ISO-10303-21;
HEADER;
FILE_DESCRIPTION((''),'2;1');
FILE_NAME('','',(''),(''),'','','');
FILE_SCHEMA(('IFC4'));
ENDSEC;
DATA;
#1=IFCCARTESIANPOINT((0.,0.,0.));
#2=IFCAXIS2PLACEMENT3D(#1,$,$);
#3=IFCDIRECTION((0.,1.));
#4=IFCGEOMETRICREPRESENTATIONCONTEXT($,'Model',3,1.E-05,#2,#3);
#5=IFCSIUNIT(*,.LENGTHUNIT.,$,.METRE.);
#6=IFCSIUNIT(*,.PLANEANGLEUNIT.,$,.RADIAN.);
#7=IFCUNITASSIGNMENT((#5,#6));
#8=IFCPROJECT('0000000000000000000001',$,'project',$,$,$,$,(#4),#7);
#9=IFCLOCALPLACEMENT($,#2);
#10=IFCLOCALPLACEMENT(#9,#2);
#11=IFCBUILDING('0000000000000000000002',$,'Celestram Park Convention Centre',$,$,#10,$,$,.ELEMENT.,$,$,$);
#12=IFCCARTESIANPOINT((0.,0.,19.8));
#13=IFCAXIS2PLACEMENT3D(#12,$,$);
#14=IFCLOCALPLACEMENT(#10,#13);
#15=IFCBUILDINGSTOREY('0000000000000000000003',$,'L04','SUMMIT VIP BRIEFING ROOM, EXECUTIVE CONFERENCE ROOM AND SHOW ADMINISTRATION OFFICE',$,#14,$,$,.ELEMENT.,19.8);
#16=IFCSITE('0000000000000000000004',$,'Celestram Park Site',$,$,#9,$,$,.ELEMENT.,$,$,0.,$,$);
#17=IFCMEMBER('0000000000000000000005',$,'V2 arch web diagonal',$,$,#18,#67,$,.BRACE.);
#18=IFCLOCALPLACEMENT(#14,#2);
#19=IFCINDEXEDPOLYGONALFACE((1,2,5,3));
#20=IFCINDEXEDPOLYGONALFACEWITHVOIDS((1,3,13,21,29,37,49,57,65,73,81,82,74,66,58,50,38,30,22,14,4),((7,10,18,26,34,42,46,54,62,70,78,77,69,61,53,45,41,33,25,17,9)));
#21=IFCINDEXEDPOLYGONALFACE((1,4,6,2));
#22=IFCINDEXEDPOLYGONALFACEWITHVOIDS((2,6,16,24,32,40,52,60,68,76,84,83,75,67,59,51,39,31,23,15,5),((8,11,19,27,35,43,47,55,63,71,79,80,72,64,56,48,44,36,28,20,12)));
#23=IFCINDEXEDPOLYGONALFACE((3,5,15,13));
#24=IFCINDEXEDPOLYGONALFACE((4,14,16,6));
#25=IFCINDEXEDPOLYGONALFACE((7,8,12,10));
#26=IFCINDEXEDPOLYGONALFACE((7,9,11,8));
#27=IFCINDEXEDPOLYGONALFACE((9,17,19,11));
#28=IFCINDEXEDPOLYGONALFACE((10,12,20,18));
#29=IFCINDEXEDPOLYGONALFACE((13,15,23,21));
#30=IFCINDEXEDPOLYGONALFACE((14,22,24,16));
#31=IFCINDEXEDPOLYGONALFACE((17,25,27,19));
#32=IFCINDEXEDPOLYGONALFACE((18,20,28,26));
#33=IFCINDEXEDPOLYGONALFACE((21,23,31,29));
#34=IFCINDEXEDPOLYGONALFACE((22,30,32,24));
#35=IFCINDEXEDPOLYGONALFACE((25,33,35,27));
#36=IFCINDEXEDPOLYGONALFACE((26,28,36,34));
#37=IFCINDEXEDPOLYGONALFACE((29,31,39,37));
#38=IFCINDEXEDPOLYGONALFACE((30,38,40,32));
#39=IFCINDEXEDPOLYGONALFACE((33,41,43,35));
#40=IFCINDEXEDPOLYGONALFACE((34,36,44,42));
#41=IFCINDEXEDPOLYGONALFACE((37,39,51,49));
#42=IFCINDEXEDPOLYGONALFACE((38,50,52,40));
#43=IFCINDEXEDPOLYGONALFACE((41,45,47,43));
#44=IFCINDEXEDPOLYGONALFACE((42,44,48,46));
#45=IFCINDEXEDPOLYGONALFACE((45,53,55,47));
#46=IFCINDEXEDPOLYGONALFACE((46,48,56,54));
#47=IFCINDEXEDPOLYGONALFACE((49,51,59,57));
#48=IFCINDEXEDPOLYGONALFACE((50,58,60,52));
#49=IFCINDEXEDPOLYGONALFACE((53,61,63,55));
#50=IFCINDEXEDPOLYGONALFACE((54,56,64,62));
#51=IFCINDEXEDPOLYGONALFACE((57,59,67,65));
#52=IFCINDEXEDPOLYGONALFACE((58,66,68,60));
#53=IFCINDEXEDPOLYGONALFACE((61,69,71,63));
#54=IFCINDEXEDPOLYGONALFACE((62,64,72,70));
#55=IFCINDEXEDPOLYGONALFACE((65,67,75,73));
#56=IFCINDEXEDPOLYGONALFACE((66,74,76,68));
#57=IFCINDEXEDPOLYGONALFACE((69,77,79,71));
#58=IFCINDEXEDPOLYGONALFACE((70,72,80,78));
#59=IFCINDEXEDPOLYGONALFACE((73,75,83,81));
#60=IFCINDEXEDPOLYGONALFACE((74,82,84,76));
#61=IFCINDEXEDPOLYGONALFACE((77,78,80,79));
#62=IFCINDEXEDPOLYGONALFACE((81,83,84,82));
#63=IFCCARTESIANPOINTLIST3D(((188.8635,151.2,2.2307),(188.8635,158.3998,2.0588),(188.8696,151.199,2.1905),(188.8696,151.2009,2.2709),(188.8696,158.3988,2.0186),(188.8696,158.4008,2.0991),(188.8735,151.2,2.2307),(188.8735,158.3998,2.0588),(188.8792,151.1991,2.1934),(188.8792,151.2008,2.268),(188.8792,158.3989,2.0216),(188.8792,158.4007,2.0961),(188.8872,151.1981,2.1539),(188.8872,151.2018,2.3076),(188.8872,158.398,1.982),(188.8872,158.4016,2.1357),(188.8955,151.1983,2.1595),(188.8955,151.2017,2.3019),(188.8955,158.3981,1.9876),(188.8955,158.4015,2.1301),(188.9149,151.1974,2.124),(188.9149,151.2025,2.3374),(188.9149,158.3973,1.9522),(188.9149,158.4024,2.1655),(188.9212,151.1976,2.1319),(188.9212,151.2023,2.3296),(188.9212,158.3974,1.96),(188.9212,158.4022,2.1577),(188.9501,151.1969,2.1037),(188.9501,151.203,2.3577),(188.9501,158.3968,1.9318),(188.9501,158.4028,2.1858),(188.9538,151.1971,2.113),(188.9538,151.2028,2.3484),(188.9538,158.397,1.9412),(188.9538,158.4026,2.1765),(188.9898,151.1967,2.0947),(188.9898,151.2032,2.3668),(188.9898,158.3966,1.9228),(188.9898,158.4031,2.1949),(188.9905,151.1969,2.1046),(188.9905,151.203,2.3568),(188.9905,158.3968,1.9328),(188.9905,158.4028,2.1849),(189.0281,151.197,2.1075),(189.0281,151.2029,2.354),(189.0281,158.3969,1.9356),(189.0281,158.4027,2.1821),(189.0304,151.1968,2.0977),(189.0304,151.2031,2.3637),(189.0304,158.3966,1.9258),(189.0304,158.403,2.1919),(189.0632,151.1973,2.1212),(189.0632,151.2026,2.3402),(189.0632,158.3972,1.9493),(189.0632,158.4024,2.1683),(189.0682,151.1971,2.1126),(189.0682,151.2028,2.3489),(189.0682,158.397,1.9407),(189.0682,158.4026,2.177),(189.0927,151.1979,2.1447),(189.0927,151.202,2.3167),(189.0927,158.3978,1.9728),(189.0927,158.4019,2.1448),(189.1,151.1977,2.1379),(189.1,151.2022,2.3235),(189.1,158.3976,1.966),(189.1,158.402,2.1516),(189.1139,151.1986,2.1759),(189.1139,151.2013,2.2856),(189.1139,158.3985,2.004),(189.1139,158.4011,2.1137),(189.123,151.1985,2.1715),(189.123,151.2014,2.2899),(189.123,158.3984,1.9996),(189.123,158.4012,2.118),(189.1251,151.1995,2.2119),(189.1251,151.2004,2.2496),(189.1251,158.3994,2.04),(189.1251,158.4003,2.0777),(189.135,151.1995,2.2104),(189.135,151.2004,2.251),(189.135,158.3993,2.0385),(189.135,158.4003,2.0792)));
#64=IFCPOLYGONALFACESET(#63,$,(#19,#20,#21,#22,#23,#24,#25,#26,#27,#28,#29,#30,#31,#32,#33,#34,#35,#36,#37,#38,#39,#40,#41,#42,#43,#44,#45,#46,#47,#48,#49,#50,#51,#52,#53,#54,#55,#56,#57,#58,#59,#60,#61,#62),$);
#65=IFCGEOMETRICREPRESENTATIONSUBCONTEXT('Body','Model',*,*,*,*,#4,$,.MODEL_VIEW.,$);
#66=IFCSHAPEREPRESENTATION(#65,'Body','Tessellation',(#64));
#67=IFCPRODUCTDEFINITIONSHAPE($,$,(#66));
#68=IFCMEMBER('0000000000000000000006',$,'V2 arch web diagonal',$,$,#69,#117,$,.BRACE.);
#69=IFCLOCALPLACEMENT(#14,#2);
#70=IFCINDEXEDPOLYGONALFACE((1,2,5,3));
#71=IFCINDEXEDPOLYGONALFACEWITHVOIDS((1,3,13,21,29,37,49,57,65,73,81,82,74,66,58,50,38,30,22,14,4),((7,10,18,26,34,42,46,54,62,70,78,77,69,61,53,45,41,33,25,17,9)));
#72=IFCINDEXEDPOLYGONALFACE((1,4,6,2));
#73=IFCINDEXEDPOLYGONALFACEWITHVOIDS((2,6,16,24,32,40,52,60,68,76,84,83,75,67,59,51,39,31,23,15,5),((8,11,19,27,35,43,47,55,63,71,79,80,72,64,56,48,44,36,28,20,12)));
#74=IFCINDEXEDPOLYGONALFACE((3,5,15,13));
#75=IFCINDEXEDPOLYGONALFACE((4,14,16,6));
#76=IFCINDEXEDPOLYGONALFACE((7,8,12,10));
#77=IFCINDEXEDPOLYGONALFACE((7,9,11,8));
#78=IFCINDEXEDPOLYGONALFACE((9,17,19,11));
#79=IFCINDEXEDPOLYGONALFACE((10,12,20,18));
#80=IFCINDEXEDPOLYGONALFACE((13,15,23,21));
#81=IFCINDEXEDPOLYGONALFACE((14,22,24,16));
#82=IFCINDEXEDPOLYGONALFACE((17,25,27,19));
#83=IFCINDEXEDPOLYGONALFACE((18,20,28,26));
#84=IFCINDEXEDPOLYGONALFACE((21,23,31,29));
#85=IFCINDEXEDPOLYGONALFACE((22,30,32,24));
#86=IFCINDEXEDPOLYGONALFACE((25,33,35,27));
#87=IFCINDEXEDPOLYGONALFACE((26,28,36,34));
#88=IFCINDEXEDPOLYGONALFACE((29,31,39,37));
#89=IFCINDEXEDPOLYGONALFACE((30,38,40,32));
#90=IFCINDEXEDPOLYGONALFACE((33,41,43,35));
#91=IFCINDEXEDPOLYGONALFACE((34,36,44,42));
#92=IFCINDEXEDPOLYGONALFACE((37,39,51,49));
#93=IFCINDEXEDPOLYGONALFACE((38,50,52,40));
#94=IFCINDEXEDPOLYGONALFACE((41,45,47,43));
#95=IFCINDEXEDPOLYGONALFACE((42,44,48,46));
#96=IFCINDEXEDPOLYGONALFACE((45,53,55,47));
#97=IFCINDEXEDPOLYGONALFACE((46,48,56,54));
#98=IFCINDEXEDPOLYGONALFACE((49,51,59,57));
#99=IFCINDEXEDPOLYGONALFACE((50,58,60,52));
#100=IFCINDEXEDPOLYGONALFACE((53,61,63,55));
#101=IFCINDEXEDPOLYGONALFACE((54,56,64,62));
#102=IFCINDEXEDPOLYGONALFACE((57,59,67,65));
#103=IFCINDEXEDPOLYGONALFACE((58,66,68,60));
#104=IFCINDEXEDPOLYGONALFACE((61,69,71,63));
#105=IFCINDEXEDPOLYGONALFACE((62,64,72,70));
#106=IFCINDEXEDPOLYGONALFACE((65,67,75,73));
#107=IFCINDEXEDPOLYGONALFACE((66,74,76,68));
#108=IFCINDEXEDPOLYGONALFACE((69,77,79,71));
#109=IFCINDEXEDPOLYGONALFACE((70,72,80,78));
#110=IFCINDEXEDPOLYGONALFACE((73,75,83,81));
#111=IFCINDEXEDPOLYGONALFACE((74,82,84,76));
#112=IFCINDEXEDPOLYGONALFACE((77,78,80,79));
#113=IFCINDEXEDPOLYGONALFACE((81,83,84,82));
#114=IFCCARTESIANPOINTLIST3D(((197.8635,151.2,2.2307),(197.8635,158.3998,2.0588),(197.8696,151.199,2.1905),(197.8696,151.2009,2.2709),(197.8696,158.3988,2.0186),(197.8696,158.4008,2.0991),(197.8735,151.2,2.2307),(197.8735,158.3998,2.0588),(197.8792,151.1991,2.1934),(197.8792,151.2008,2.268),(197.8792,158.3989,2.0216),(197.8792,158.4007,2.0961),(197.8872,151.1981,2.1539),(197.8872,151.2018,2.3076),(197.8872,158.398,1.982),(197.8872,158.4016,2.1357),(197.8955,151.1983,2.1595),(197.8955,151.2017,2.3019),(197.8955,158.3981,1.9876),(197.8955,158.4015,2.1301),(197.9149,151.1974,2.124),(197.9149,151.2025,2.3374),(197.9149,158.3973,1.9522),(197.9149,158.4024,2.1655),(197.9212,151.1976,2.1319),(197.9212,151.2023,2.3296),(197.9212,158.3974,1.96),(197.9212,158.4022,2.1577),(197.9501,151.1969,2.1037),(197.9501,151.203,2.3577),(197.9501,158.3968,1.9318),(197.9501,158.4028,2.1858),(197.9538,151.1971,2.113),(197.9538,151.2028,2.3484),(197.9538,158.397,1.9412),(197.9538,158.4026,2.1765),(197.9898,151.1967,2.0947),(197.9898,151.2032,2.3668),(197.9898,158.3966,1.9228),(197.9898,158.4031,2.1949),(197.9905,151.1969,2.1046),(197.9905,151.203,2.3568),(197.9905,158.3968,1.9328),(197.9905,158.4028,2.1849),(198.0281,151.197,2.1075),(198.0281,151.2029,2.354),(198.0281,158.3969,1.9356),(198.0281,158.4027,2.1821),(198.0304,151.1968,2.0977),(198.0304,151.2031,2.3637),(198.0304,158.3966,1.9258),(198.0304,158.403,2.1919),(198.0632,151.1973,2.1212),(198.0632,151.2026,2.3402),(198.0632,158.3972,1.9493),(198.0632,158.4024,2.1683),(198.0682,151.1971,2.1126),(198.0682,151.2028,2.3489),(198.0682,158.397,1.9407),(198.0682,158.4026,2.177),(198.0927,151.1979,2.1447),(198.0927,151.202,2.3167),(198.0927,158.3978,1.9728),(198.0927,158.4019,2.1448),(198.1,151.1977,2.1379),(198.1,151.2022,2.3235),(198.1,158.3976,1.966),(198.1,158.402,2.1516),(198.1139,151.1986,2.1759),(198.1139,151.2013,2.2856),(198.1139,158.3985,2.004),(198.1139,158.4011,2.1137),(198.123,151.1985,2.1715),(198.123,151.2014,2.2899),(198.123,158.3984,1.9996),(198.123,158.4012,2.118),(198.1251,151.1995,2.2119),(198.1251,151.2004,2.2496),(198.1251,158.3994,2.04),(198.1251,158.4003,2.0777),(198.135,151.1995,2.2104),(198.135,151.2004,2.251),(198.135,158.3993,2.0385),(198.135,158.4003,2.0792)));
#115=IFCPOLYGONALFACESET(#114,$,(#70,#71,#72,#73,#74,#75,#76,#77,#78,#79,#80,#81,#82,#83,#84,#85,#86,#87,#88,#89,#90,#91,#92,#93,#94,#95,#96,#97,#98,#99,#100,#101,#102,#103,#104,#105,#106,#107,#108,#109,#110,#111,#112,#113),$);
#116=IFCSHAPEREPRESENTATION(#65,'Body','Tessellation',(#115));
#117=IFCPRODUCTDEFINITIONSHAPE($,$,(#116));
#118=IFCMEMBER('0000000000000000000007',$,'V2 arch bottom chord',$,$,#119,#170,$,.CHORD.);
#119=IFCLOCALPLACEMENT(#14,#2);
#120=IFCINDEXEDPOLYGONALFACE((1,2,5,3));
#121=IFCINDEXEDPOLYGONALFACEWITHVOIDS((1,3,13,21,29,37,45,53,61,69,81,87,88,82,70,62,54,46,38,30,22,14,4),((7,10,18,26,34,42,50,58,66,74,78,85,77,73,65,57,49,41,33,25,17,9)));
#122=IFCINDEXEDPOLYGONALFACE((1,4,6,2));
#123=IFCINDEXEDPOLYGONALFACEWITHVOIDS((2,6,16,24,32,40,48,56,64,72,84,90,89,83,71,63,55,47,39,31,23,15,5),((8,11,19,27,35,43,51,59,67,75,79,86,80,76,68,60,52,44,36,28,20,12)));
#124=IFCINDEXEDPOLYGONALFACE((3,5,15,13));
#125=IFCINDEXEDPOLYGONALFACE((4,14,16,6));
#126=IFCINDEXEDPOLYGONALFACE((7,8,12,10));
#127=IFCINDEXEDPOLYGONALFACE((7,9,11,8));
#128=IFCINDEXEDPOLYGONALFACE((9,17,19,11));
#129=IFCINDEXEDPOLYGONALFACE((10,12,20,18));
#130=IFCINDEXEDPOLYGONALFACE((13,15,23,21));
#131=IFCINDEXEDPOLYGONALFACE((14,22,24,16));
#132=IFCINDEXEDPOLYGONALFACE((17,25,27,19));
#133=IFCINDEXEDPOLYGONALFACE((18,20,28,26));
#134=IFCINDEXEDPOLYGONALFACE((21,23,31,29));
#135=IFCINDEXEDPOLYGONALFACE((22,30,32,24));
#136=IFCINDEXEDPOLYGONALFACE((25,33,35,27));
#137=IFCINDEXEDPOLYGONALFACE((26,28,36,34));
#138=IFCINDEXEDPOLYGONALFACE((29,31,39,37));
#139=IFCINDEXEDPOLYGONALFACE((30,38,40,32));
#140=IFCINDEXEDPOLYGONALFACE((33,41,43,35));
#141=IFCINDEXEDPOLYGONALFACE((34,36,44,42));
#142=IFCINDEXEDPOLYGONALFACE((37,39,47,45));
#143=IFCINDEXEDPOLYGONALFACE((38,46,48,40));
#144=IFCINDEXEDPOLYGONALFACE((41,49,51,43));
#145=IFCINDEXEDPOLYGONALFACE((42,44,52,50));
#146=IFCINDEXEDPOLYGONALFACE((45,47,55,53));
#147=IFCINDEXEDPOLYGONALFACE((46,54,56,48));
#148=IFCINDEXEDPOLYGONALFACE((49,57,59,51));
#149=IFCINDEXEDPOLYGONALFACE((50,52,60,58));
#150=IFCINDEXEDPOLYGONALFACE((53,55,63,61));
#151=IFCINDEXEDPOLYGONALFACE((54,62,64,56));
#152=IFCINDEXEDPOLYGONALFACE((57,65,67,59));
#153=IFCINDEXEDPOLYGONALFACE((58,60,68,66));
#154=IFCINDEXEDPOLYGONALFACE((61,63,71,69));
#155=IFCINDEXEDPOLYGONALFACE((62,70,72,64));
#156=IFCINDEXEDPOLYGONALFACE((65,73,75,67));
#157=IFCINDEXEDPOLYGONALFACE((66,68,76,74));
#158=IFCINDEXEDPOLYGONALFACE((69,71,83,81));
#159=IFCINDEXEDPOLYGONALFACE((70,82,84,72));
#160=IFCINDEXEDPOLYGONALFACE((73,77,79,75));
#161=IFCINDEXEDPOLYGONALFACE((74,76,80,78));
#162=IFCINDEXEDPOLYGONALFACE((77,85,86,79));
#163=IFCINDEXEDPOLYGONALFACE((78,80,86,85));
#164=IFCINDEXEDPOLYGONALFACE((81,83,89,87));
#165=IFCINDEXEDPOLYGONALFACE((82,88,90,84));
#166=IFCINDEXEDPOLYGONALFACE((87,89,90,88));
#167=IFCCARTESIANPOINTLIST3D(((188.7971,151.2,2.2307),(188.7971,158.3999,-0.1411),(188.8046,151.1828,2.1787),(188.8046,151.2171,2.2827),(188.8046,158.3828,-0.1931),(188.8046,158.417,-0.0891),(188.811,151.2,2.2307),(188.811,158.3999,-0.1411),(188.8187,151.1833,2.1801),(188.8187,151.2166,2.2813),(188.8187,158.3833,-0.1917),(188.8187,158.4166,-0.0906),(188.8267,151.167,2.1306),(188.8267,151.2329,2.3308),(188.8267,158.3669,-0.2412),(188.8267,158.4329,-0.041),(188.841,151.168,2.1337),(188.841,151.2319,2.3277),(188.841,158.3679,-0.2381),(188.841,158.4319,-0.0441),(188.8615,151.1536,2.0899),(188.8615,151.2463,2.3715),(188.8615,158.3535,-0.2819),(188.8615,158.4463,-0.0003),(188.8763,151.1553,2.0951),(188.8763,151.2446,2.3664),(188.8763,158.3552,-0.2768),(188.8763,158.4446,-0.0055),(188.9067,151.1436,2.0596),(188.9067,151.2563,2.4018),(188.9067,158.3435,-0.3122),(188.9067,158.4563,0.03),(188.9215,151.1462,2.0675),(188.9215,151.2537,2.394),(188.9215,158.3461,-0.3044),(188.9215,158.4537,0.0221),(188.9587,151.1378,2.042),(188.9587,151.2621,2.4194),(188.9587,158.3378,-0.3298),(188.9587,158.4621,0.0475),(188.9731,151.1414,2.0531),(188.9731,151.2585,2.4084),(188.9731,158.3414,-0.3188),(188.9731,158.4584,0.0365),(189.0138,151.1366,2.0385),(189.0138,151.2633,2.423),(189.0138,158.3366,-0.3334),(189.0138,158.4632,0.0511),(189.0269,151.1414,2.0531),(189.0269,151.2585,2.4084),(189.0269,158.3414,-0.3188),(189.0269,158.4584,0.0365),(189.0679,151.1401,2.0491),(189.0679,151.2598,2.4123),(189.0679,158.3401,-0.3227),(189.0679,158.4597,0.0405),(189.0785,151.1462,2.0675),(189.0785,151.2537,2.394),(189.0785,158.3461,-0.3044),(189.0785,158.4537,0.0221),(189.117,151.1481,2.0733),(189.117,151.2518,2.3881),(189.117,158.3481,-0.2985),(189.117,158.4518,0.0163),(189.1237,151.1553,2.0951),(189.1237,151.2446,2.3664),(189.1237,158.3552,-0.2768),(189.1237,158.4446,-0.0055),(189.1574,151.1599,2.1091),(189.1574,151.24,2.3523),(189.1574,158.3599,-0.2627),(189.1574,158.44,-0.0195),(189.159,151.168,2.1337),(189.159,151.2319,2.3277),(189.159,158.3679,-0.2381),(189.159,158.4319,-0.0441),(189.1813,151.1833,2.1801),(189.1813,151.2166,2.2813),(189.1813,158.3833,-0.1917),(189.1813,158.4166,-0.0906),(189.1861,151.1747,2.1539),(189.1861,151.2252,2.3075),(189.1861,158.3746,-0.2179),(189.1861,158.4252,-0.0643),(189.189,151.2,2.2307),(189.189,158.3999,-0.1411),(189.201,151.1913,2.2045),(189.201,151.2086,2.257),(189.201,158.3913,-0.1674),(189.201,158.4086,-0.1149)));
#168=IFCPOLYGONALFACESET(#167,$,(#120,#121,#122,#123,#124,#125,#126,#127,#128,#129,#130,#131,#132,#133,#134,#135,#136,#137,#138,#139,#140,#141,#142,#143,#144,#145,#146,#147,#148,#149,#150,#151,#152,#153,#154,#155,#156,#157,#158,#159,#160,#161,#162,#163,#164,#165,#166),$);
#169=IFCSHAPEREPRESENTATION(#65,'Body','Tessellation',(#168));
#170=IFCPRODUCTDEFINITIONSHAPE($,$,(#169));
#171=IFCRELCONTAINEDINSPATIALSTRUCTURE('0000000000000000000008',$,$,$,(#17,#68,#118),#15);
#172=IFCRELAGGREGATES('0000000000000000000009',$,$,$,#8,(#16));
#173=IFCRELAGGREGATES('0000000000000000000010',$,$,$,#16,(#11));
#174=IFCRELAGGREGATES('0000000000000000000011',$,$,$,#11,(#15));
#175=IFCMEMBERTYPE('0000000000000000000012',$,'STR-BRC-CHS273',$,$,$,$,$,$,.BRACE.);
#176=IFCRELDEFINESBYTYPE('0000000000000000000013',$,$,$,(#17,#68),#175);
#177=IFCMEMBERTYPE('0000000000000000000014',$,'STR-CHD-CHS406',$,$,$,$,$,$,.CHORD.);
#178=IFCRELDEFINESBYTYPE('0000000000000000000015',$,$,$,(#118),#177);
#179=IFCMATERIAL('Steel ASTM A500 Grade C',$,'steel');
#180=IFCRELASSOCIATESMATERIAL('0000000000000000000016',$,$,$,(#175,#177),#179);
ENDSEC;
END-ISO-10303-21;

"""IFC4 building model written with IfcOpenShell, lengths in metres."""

from ifc_helpers import new_model, si_unit, direction, frame, origin, origin_2d, place, context, subcontext, project, spatial, hollow_circle, extrude, material, material_profile, profile_set, type_object, element, save


model = new_model("IFC4")

# Units and contexts
model_context = context("Model", 3, precision=1e-05, world=origin(), true_north=direction((0.0, 1.0)))
body_context = subcontext(model_context, "Body", "Model", "MODEL_VIEW")
ifc_project = project(units=[si_unit("LENGTHUNIT", "METRE"), si_unit("PLANEANGLEUNIT", "RADIAN")], contexts=[model_context])

# Site, building, storey
site_placement = place(None, origin())
site = spatial("IfcSite", under=ifc_project, at=site_placement, Name="Celestram Park Site", CompositionType="ELEMENT", RefElevation=0.0)
building_placement = place(site_placement, origin())
building = spatial("IfcBuilding", under=site, at=building_placement, Name="Celestram Park Convention Centre", CompositionType="ELEMENT")
storey_placement = place(building_placement, frame((0.0, 0.0, 19.8)))
storey = spatial("IfcBuildingStorey", under=building, at=storey_placement, Name="L04", Description="SUMMIT VIP BRIEFING ROOM, EXECUTIVE CONFERENCE ROOM AND SHOW ADMINISTRATION OFFICE", CompositionType="ELEMENT", Elevation=19.8)

# Members
ifc_material_1 = material(Name="Steel ASTM A500 Grade C", Category="steel")
ifc_material_profile_1 = material_profile(ifc_material_1, hollow_circle(Radius=0.1365, WallThickness=0.01, at=origin_2d()), Name="CHS273X10")
ifc_profile_set_1 = profile_set([ifc_material_profile_1], Name="Steel ASTM A500 Grade C")
member_type_1 = type_object("IfcMemberType", Name="STR-BRC-CHS273", PredefinedType="BRACE", material=ifc_profile_set_1)
for number, where, z_axis, x_axis, name in (
    (1, (189.0, 151.2, 2.2307), (0.0, 0.999715, -0.023865), (-1.0, 0.0, 0.0), "V2 arch web diagonal"),
    (2, (198.0, 151.2, 2.2307), (0.0, 0.999715, -0.023865), (-1.0, 0.0, 0.0), "V2 arch web diagonal"),
):
    element("IfcMember", number, at=place(storey_placement, frame(where, z_axis=z_axis, x_axis=x_axis)), inside=storey, type_object=member_type_1, Name=name, PredefinedType="BRACE", context=body_context, shape_type="SweptSolid", body=[
        extrude(hollow_circle(Radius=0.1365, WallThickness=0.01, at=origin_2d()), origin(), (0.0, 0.0, 1.0), 7.2019),
    ])
ifc_material_profile_2 = material_profile(ifc_material_1, hollow_circle(Radius=0.2029, WallThickness=0.0139, at=origin_2d()), Name="CHS406X14")
ifc_profile_set_2 = profile_set([ifc_material_profile_2], Name="Steel ASTM A500 Grade C")
member_type_2 = type_object("IfcMemberType", Name="STR-CHD-CHS406", PredefinedType="CHORD", material=ifc_profile_set_2)
for number, where, z_axis, x_axis, name in (
    (3, (189.0, 151.2, 2.2307), (0.0, 0.949792, -0.312883), (-1.0, 0.0, 0.0), "V2 arch bottom chord"),
):
    element("IfcMember", number, at=place(storey_placement, frame(where, z_axis=z_axis, x_axis=x_axis)), inside=storey, type_object=member_type_2, Name=name, PredefinedType="CHORD", context=body_context, shape_type="SweptSolid", body=[
        extrude(hollow_circle(Radius=0.2029, WallThickness=0.0139, at=origin_2d()), origin(), (0.0, 0.0, 1.0), 7.5806),
    ])

save(model, "model.ifc")
